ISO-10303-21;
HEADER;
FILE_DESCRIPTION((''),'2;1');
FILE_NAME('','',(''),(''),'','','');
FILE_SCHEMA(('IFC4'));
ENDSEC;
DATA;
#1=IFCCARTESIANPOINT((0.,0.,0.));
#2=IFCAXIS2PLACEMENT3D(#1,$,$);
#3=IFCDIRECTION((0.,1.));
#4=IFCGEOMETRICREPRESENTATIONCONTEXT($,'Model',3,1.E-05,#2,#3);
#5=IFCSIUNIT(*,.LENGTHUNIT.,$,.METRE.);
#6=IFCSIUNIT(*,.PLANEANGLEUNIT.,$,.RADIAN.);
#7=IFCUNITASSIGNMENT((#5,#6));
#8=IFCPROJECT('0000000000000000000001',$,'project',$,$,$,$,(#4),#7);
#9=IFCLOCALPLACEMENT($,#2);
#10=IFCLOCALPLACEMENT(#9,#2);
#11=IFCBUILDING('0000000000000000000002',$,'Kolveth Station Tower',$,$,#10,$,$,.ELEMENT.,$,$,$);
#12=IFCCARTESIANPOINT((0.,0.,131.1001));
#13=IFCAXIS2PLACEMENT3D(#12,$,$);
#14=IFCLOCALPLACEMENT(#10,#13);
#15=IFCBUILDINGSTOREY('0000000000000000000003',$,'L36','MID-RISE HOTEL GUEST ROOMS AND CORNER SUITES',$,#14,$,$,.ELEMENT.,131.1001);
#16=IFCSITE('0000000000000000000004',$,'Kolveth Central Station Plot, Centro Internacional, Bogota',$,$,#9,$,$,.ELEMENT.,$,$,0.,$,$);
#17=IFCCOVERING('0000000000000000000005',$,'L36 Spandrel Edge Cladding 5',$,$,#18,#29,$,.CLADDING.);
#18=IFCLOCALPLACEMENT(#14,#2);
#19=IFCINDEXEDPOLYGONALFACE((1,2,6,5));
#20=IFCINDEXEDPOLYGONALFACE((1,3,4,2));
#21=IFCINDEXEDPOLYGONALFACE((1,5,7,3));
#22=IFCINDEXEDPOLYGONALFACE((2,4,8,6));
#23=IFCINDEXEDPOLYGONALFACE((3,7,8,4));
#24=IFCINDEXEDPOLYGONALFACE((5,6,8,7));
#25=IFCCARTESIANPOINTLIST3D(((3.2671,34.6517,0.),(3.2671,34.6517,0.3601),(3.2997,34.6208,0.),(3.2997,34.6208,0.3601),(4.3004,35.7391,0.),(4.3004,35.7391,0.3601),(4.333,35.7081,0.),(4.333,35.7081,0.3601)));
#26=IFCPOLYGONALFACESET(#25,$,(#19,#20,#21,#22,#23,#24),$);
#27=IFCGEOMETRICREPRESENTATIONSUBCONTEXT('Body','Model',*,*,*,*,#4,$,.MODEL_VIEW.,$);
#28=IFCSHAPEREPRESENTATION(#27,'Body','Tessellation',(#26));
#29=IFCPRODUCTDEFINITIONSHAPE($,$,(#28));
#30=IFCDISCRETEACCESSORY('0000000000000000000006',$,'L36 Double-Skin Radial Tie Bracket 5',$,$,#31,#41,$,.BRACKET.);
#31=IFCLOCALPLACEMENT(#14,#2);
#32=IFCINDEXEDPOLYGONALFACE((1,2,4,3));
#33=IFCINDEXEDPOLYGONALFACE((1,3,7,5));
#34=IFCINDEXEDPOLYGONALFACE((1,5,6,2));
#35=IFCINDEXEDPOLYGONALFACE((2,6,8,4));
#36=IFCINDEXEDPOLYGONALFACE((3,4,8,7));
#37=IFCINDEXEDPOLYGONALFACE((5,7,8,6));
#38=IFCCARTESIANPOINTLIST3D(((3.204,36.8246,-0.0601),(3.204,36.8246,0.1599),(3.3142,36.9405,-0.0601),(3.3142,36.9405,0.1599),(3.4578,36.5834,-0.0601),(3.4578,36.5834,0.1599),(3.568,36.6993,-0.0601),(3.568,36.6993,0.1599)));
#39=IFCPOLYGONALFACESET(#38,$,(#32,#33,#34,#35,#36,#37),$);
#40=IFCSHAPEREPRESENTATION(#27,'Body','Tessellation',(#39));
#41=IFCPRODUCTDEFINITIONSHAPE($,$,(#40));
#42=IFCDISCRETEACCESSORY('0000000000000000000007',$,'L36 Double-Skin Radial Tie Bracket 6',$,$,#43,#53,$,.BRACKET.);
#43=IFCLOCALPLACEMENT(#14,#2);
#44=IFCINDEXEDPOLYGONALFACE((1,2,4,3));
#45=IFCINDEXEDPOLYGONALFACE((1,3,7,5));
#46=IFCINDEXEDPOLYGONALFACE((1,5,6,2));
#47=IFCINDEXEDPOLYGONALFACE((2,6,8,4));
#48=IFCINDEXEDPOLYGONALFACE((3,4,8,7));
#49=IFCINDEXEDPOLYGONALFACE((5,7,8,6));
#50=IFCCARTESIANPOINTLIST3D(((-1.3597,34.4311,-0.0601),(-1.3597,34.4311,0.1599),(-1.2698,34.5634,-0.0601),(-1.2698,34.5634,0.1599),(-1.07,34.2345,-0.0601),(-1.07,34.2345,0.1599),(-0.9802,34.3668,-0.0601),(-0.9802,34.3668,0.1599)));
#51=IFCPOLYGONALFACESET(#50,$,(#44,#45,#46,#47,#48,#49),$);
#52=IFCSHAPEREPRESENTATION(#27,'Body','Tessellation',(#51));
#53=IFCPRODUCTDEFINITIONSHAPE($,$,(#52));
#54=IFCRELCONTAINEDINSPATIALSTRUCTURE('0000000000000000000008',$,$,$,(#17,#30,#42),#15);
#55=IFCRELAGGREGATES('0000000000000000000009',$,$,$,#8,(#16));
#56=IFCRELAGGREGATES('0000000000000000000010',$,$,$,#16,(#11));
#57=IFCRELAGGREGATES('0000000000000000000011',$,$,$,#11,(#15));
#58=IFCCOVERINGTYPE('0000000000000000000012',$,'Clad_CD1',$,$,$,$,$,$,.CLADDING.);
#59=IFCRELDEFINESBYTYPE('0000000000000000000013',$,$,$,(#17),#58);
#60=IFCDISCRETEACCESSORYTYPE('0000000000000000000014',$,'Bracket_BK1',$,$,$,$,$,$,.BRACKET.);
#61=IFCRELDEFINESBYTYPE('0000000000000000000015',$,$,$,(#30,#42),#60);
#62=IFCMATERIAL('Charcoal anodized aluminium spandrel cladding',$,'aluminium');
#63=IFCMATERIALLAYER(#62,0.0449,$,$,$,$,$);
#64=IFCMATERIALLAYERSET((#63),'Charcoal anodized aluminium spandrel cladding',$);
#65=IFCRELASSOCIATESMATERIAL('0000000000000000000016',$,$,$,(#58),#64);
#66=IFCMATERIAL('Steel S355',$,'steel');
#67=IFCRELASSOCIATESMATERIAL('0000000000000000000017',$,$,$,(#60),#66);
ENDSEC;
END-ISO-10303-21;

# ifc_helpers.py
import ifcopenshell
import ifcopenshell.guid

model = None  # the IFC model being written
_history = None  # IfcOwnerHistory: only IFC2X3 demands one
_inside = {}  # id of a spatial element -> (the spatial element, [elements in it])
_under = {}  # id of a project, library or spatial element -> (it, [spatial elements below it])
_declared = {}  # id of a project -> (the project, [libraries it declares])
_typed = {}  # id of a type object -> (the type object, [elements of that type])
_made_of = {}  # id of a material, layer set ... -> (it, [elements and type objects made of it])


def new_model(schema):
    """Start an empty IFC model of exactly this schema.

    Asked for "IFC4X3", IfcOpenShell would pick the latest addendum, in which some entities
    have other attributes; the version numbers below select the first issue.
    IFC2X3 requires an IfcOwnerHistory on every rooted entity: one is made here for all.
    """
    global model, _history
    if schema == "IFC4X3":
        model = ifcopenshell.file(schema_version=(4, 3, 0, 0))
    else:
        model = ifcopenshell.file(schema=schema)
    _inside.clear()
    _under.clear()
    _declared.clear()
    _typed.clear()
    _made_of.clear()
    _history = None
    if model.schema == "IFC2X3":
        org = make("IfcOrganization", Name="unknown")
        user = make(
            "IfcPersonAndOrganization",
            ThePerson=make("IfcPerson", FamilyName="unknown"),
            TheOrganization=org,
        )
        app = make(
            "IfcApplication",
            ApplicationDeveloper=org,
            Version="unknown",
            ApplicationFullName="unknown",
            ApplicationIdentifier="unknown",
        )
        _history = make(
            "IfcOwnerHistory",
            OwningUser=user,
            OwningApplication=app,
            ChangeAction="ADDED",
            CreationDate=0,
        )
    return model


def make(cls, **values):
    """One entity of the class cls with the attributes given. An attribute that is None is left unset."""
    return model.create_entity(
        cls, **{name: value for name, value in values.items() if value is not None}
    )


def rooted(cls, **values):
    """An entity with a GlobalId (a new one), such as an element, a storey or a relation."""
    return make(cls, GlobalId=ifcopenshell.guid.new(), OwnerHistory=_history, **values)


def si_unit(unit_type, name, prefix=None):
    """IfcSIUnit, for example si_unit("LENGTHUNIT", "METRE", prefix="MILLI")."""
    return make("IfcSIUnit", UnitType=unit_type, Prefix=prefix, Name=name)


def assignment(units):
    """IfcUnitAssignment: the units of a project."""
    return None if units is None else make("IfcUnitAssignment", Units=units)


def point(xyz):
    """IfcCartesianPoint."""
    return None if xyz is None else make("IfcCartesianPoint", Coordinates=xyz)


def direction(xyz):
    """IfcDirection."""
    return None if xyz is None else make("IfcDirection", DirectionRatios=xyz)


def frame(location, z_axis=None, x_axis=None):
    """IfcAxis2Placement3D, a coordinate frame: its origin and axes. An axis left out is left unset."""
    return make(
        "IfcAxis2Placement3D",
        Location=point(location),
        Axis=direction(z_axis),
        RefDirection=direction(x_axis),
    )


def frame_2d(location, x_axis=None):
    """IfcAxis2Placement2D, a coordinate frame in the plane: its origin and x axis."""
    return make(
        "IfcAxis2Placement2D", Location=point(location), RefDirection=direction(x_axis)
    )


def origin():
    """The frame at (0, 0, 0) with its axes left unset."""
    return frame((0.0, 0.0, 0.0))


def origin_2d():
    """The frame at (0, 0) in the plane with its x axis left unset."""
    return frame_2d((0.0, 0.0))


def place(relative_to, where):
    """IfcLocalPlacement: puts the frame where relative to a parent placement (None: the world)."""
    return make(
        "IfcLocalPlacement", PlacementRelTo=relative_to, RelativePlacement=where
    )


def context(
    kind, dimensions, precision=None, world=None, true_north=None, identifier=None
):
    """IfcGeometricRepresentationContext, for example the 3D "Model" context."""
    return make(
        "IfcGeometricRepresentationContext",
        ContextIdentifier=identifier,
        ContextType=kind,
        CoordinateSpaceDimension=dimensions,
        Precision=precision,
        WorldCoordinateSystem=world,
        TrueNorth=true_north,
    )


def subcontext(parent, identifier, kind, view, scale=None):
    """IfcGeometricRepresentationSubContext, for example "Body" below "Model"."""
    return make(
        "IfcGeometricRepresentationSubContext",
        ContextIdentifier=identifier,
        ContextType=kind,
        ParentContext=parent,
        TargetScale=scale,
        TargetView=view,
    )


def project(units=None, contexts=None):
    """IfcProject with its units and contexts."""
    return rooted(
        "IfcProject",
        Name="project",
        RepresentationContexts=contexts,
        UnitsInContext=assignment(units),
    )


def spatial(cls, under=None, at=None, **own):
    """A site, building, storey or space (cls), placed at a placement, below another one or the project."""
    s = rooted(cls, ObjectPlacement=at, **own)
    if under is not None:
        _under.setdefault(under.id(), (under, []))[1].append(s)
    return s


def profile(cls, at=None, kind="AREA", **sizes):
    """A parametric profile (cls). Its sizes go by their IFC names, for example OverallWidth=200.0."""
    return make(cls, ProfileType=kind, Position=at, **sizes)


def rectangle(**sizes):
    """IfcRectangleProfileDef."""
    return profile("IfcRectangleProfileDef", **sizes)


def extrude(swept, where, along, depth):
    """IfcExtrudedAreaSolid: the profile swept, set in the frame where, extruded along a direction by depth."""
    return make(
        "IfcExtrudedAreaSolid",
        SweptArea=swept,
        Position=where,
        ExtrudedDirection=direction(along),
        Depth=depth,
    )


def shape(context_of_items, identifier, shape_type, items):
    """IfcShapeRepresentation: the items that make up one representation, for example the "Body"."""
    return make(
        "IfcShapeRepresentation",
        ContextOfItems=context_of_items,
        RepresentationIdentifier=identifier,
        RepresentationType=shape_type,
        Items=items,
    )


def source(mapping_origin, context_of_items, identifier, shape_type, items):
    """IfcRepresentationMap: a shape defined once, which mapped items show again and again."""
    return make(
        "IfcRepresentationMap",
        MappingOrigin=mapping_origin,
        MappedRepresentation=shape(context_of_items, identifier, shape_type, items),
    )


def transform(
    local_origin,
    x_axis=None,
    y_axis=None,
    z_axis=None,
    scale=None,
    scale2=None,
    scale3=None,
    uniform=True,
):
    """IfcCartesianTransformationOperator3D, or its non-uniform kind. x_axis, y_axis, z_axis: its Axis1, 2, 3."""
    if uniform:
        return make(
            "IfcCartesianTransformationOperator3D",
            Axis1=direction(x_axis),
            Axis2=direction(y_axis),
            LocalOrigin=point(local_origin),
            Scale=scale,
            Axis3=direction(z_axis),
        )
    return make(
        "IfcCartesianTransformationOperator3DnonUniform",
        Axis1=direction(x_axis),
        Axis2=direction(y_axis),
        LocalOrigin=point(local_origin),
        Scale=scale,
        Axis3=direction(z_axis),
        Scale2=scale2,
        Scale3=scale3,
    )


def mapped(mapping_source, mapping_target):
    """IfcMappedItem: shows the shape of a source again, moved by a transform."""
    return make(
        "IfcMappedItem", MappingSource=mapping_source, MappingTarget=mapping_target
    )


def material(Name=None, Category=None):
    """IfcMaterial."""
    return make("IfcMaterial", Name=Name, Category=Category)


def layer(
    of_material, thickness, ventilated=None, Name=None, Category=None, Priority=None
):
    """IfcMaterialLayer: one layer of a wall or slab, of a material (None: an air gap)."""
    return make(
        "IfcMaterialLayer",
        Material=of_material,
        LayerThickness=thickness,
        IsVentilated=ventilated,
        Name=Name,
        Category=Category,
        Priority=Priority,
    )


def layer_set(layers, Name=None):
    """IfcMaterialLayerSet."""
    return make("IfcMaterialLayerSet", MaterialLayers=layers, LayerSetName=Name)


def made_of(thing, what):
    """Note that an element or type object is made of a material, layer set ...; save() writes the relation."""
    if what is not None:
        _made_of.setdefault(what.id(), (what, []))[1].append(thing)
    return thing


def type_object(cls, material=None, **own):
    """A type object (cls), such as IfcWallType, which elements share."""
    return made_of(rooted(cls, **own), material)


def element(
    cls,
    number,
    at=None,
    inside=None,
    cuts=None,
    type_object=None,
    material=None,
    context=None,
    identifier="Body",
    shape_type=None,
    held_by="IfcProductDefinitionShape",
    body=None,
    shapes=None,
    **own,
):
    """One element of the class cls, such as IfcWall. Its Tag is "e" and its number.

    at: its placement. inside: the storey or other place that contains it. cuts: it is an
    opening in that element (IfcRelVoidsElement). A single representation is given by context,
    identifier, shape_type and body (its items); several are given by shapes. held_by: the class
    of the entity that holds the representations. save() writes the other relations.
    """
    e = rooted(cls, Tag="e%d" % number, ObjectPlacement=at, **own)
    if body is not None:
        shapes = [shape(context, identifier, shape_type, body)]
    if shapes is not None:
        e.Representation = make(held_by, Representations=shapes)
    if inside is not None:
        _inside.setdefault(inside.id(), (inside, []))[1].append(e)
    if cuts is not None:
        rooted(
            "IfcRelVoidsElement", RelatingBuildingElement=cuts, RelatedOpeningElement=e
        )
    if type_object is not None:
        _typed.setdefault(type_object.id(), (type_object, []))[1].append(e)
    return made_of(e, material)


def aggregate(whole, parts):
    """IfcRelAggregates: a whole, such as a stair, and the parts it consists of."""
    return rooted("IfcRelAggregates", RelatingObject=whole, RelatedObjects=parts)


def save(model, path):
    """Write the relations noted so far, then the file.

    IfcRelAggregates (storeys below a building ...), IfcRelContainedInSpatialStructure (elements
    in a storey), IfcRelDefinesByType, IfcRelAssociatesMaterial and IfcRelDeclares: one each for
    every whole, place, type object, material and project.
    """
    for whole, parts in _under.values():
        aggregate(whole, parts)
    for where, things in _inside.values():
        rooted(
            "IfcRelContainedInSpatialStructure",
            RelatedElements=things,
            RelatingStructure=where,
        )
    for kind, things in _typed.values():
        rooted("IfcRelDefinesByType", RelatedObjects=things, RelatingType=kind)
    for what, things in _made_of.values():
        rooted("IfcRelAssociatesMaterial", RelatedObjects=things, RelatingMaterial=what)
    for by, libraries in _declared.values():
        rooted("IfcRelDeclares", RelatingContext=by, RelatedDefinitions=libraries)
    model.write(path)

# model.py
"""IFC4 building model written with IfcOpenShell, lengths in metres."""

from ifc_helpers import new_model, si_unit, direction, frame, origin, origin_2d, place, context, subcontext, project, spatial, rectangle, extrude, source, transform, mapped, material, layer, layer_set, type_object, element, save


model = new_model("IFC4")

# Units and contexts
model_context = context("Model", 3, precision=1e-05, world=origin(), true_north=direction((0.0, 1.0)))
body_context = subcontext(model_context, "Body", "Model", "MODEL_VIEW")
ifc_project = project(units=[si_unit("LENGTHUNIT", "METRE"), si_unit("PLANEANGLEUNIT", "RADIAN")], contexts=[model_context])

# Site, building, storey
site_placement = place(None, origin())
site = spatial("IfcSite", under=ifc_project, at=site_placement, Name="Kolveth Central Station Plot, Centro Internacional, Bogota", CompositionType="ELEMENT", RefElevation=0.0)
building_placement = place(site_placement, origin())
building = spatial("IfcBuilding", under=site, at=building_placement, Name="Kolveth Station Tower", CompositionType="ELEMENT")
storey_placement = place(building_placement, frame((0.0, 0.0, 131.1001)))
storey = spatial("IfcBuildingStorey", under=building, at=storey_placement, Name="L36", Description="MID-RISE HOTEL GUEST ROOMS AND CORNER SUITES", CompositionType="ELEMENT", Elevation=131.1001)

# Covering
ifc_material_1 = material(Name="Charcoal anodized aluminium spandrel cladding", Category="aluminium")
ifc_layer_1 = layer(ifc_material_1, 0.0449)
ifc_layer_set_1 = layer_set([ifc_layer_1], Name="Charcoal anodized aluminium spandrel cladding")
covering_type = type_object("IfcCoveringType", Name="Clad_CD1", PredefinedType="CLADDING", material=ifc_layer_set_1)
shared_shape_1 = source(origin(), body_context, "Body", "SweptSolid", [
    extrude(rectangle(XDim=1.5, YDim=0.0449, at=origin_2d()), origin(), (0.0, 0.0, 1.0), 0.3601),
])
covering_placement = place(storey_placement, frame((3.8, 35.1799, 0.0), z_axis=(0.0, 0.0, 1.0), x_axis=(-0.688861, -0.724894, 0.0)))
element("IfcCovering", 1, at=covering_placement, inside=storey, type_object=covering_type, Name="L36 Spandrel Edge Cladding 5", PredefinedType="CLADDING", context=body_context, shape_type="MappedRepresentation", body=[
    mapped(shared_shape_1, transform((0.0, 0.0, 0.0), x_axis=(1.0, 0.0, 0.0), y_axis=(0.0, 1.0, 0.0), z_axis=(0.0, 0.0, 1.0), scale=1.0)),
])

# Discrete accessories
ifc_material_2 = material(Name="Steel S355", Category="steel")
discrete_accessory_type = type_object("IfcDiscreteAccessoryType", Name="Bracket_BK1", PredefinedType="BRACKET", material=ifc_material_2)
shared_shape_2 = source(origin(), body_context, "Body", "SweptSolid", [
    extrude(rectangle(XDim=0.3501, YDim=0.1599, at=origin_2d()), origin(), (0.0, 0.0, 1.0), 0.22),
])
for number, where, z_axis, x_axis, name in (
    (2, (3.386, 36.762, -0.0601), (0.0, 0.0, 1.0), (-0.724894, 0.688861, 0.0), "L36 Double-Skin Radial Tie Bracket 5"),
    (3, (-1.1699, 34.3989, -0.0601), (0.0, 0.0, 1.0), (-0.827375, 0.56165, 0.0), "L36 Double-Skin Radial Tie Bracket 6"),
):
    element("IfcDiscreteAccessory", number, at=place(storey_placement, frame(where, z_axis=z_axis, x_axis=x_axis)), inside=storey, type_object=discrete_accessory_type, Name=name, PredefinedType="BRACKET", context=body_context, shape_type="MappedRepresentation", body=[
        mapped(shared_shape_2, transform((0.0, 0.0, 0.0), x_axis=(1.0, 0.0, 0.0), y_axis=(0.0, 1.0, 0.0), z_axis=(0.0, 0.0, 1.0), scale=1.0)),
    ])

save(model, "model.ifc")
